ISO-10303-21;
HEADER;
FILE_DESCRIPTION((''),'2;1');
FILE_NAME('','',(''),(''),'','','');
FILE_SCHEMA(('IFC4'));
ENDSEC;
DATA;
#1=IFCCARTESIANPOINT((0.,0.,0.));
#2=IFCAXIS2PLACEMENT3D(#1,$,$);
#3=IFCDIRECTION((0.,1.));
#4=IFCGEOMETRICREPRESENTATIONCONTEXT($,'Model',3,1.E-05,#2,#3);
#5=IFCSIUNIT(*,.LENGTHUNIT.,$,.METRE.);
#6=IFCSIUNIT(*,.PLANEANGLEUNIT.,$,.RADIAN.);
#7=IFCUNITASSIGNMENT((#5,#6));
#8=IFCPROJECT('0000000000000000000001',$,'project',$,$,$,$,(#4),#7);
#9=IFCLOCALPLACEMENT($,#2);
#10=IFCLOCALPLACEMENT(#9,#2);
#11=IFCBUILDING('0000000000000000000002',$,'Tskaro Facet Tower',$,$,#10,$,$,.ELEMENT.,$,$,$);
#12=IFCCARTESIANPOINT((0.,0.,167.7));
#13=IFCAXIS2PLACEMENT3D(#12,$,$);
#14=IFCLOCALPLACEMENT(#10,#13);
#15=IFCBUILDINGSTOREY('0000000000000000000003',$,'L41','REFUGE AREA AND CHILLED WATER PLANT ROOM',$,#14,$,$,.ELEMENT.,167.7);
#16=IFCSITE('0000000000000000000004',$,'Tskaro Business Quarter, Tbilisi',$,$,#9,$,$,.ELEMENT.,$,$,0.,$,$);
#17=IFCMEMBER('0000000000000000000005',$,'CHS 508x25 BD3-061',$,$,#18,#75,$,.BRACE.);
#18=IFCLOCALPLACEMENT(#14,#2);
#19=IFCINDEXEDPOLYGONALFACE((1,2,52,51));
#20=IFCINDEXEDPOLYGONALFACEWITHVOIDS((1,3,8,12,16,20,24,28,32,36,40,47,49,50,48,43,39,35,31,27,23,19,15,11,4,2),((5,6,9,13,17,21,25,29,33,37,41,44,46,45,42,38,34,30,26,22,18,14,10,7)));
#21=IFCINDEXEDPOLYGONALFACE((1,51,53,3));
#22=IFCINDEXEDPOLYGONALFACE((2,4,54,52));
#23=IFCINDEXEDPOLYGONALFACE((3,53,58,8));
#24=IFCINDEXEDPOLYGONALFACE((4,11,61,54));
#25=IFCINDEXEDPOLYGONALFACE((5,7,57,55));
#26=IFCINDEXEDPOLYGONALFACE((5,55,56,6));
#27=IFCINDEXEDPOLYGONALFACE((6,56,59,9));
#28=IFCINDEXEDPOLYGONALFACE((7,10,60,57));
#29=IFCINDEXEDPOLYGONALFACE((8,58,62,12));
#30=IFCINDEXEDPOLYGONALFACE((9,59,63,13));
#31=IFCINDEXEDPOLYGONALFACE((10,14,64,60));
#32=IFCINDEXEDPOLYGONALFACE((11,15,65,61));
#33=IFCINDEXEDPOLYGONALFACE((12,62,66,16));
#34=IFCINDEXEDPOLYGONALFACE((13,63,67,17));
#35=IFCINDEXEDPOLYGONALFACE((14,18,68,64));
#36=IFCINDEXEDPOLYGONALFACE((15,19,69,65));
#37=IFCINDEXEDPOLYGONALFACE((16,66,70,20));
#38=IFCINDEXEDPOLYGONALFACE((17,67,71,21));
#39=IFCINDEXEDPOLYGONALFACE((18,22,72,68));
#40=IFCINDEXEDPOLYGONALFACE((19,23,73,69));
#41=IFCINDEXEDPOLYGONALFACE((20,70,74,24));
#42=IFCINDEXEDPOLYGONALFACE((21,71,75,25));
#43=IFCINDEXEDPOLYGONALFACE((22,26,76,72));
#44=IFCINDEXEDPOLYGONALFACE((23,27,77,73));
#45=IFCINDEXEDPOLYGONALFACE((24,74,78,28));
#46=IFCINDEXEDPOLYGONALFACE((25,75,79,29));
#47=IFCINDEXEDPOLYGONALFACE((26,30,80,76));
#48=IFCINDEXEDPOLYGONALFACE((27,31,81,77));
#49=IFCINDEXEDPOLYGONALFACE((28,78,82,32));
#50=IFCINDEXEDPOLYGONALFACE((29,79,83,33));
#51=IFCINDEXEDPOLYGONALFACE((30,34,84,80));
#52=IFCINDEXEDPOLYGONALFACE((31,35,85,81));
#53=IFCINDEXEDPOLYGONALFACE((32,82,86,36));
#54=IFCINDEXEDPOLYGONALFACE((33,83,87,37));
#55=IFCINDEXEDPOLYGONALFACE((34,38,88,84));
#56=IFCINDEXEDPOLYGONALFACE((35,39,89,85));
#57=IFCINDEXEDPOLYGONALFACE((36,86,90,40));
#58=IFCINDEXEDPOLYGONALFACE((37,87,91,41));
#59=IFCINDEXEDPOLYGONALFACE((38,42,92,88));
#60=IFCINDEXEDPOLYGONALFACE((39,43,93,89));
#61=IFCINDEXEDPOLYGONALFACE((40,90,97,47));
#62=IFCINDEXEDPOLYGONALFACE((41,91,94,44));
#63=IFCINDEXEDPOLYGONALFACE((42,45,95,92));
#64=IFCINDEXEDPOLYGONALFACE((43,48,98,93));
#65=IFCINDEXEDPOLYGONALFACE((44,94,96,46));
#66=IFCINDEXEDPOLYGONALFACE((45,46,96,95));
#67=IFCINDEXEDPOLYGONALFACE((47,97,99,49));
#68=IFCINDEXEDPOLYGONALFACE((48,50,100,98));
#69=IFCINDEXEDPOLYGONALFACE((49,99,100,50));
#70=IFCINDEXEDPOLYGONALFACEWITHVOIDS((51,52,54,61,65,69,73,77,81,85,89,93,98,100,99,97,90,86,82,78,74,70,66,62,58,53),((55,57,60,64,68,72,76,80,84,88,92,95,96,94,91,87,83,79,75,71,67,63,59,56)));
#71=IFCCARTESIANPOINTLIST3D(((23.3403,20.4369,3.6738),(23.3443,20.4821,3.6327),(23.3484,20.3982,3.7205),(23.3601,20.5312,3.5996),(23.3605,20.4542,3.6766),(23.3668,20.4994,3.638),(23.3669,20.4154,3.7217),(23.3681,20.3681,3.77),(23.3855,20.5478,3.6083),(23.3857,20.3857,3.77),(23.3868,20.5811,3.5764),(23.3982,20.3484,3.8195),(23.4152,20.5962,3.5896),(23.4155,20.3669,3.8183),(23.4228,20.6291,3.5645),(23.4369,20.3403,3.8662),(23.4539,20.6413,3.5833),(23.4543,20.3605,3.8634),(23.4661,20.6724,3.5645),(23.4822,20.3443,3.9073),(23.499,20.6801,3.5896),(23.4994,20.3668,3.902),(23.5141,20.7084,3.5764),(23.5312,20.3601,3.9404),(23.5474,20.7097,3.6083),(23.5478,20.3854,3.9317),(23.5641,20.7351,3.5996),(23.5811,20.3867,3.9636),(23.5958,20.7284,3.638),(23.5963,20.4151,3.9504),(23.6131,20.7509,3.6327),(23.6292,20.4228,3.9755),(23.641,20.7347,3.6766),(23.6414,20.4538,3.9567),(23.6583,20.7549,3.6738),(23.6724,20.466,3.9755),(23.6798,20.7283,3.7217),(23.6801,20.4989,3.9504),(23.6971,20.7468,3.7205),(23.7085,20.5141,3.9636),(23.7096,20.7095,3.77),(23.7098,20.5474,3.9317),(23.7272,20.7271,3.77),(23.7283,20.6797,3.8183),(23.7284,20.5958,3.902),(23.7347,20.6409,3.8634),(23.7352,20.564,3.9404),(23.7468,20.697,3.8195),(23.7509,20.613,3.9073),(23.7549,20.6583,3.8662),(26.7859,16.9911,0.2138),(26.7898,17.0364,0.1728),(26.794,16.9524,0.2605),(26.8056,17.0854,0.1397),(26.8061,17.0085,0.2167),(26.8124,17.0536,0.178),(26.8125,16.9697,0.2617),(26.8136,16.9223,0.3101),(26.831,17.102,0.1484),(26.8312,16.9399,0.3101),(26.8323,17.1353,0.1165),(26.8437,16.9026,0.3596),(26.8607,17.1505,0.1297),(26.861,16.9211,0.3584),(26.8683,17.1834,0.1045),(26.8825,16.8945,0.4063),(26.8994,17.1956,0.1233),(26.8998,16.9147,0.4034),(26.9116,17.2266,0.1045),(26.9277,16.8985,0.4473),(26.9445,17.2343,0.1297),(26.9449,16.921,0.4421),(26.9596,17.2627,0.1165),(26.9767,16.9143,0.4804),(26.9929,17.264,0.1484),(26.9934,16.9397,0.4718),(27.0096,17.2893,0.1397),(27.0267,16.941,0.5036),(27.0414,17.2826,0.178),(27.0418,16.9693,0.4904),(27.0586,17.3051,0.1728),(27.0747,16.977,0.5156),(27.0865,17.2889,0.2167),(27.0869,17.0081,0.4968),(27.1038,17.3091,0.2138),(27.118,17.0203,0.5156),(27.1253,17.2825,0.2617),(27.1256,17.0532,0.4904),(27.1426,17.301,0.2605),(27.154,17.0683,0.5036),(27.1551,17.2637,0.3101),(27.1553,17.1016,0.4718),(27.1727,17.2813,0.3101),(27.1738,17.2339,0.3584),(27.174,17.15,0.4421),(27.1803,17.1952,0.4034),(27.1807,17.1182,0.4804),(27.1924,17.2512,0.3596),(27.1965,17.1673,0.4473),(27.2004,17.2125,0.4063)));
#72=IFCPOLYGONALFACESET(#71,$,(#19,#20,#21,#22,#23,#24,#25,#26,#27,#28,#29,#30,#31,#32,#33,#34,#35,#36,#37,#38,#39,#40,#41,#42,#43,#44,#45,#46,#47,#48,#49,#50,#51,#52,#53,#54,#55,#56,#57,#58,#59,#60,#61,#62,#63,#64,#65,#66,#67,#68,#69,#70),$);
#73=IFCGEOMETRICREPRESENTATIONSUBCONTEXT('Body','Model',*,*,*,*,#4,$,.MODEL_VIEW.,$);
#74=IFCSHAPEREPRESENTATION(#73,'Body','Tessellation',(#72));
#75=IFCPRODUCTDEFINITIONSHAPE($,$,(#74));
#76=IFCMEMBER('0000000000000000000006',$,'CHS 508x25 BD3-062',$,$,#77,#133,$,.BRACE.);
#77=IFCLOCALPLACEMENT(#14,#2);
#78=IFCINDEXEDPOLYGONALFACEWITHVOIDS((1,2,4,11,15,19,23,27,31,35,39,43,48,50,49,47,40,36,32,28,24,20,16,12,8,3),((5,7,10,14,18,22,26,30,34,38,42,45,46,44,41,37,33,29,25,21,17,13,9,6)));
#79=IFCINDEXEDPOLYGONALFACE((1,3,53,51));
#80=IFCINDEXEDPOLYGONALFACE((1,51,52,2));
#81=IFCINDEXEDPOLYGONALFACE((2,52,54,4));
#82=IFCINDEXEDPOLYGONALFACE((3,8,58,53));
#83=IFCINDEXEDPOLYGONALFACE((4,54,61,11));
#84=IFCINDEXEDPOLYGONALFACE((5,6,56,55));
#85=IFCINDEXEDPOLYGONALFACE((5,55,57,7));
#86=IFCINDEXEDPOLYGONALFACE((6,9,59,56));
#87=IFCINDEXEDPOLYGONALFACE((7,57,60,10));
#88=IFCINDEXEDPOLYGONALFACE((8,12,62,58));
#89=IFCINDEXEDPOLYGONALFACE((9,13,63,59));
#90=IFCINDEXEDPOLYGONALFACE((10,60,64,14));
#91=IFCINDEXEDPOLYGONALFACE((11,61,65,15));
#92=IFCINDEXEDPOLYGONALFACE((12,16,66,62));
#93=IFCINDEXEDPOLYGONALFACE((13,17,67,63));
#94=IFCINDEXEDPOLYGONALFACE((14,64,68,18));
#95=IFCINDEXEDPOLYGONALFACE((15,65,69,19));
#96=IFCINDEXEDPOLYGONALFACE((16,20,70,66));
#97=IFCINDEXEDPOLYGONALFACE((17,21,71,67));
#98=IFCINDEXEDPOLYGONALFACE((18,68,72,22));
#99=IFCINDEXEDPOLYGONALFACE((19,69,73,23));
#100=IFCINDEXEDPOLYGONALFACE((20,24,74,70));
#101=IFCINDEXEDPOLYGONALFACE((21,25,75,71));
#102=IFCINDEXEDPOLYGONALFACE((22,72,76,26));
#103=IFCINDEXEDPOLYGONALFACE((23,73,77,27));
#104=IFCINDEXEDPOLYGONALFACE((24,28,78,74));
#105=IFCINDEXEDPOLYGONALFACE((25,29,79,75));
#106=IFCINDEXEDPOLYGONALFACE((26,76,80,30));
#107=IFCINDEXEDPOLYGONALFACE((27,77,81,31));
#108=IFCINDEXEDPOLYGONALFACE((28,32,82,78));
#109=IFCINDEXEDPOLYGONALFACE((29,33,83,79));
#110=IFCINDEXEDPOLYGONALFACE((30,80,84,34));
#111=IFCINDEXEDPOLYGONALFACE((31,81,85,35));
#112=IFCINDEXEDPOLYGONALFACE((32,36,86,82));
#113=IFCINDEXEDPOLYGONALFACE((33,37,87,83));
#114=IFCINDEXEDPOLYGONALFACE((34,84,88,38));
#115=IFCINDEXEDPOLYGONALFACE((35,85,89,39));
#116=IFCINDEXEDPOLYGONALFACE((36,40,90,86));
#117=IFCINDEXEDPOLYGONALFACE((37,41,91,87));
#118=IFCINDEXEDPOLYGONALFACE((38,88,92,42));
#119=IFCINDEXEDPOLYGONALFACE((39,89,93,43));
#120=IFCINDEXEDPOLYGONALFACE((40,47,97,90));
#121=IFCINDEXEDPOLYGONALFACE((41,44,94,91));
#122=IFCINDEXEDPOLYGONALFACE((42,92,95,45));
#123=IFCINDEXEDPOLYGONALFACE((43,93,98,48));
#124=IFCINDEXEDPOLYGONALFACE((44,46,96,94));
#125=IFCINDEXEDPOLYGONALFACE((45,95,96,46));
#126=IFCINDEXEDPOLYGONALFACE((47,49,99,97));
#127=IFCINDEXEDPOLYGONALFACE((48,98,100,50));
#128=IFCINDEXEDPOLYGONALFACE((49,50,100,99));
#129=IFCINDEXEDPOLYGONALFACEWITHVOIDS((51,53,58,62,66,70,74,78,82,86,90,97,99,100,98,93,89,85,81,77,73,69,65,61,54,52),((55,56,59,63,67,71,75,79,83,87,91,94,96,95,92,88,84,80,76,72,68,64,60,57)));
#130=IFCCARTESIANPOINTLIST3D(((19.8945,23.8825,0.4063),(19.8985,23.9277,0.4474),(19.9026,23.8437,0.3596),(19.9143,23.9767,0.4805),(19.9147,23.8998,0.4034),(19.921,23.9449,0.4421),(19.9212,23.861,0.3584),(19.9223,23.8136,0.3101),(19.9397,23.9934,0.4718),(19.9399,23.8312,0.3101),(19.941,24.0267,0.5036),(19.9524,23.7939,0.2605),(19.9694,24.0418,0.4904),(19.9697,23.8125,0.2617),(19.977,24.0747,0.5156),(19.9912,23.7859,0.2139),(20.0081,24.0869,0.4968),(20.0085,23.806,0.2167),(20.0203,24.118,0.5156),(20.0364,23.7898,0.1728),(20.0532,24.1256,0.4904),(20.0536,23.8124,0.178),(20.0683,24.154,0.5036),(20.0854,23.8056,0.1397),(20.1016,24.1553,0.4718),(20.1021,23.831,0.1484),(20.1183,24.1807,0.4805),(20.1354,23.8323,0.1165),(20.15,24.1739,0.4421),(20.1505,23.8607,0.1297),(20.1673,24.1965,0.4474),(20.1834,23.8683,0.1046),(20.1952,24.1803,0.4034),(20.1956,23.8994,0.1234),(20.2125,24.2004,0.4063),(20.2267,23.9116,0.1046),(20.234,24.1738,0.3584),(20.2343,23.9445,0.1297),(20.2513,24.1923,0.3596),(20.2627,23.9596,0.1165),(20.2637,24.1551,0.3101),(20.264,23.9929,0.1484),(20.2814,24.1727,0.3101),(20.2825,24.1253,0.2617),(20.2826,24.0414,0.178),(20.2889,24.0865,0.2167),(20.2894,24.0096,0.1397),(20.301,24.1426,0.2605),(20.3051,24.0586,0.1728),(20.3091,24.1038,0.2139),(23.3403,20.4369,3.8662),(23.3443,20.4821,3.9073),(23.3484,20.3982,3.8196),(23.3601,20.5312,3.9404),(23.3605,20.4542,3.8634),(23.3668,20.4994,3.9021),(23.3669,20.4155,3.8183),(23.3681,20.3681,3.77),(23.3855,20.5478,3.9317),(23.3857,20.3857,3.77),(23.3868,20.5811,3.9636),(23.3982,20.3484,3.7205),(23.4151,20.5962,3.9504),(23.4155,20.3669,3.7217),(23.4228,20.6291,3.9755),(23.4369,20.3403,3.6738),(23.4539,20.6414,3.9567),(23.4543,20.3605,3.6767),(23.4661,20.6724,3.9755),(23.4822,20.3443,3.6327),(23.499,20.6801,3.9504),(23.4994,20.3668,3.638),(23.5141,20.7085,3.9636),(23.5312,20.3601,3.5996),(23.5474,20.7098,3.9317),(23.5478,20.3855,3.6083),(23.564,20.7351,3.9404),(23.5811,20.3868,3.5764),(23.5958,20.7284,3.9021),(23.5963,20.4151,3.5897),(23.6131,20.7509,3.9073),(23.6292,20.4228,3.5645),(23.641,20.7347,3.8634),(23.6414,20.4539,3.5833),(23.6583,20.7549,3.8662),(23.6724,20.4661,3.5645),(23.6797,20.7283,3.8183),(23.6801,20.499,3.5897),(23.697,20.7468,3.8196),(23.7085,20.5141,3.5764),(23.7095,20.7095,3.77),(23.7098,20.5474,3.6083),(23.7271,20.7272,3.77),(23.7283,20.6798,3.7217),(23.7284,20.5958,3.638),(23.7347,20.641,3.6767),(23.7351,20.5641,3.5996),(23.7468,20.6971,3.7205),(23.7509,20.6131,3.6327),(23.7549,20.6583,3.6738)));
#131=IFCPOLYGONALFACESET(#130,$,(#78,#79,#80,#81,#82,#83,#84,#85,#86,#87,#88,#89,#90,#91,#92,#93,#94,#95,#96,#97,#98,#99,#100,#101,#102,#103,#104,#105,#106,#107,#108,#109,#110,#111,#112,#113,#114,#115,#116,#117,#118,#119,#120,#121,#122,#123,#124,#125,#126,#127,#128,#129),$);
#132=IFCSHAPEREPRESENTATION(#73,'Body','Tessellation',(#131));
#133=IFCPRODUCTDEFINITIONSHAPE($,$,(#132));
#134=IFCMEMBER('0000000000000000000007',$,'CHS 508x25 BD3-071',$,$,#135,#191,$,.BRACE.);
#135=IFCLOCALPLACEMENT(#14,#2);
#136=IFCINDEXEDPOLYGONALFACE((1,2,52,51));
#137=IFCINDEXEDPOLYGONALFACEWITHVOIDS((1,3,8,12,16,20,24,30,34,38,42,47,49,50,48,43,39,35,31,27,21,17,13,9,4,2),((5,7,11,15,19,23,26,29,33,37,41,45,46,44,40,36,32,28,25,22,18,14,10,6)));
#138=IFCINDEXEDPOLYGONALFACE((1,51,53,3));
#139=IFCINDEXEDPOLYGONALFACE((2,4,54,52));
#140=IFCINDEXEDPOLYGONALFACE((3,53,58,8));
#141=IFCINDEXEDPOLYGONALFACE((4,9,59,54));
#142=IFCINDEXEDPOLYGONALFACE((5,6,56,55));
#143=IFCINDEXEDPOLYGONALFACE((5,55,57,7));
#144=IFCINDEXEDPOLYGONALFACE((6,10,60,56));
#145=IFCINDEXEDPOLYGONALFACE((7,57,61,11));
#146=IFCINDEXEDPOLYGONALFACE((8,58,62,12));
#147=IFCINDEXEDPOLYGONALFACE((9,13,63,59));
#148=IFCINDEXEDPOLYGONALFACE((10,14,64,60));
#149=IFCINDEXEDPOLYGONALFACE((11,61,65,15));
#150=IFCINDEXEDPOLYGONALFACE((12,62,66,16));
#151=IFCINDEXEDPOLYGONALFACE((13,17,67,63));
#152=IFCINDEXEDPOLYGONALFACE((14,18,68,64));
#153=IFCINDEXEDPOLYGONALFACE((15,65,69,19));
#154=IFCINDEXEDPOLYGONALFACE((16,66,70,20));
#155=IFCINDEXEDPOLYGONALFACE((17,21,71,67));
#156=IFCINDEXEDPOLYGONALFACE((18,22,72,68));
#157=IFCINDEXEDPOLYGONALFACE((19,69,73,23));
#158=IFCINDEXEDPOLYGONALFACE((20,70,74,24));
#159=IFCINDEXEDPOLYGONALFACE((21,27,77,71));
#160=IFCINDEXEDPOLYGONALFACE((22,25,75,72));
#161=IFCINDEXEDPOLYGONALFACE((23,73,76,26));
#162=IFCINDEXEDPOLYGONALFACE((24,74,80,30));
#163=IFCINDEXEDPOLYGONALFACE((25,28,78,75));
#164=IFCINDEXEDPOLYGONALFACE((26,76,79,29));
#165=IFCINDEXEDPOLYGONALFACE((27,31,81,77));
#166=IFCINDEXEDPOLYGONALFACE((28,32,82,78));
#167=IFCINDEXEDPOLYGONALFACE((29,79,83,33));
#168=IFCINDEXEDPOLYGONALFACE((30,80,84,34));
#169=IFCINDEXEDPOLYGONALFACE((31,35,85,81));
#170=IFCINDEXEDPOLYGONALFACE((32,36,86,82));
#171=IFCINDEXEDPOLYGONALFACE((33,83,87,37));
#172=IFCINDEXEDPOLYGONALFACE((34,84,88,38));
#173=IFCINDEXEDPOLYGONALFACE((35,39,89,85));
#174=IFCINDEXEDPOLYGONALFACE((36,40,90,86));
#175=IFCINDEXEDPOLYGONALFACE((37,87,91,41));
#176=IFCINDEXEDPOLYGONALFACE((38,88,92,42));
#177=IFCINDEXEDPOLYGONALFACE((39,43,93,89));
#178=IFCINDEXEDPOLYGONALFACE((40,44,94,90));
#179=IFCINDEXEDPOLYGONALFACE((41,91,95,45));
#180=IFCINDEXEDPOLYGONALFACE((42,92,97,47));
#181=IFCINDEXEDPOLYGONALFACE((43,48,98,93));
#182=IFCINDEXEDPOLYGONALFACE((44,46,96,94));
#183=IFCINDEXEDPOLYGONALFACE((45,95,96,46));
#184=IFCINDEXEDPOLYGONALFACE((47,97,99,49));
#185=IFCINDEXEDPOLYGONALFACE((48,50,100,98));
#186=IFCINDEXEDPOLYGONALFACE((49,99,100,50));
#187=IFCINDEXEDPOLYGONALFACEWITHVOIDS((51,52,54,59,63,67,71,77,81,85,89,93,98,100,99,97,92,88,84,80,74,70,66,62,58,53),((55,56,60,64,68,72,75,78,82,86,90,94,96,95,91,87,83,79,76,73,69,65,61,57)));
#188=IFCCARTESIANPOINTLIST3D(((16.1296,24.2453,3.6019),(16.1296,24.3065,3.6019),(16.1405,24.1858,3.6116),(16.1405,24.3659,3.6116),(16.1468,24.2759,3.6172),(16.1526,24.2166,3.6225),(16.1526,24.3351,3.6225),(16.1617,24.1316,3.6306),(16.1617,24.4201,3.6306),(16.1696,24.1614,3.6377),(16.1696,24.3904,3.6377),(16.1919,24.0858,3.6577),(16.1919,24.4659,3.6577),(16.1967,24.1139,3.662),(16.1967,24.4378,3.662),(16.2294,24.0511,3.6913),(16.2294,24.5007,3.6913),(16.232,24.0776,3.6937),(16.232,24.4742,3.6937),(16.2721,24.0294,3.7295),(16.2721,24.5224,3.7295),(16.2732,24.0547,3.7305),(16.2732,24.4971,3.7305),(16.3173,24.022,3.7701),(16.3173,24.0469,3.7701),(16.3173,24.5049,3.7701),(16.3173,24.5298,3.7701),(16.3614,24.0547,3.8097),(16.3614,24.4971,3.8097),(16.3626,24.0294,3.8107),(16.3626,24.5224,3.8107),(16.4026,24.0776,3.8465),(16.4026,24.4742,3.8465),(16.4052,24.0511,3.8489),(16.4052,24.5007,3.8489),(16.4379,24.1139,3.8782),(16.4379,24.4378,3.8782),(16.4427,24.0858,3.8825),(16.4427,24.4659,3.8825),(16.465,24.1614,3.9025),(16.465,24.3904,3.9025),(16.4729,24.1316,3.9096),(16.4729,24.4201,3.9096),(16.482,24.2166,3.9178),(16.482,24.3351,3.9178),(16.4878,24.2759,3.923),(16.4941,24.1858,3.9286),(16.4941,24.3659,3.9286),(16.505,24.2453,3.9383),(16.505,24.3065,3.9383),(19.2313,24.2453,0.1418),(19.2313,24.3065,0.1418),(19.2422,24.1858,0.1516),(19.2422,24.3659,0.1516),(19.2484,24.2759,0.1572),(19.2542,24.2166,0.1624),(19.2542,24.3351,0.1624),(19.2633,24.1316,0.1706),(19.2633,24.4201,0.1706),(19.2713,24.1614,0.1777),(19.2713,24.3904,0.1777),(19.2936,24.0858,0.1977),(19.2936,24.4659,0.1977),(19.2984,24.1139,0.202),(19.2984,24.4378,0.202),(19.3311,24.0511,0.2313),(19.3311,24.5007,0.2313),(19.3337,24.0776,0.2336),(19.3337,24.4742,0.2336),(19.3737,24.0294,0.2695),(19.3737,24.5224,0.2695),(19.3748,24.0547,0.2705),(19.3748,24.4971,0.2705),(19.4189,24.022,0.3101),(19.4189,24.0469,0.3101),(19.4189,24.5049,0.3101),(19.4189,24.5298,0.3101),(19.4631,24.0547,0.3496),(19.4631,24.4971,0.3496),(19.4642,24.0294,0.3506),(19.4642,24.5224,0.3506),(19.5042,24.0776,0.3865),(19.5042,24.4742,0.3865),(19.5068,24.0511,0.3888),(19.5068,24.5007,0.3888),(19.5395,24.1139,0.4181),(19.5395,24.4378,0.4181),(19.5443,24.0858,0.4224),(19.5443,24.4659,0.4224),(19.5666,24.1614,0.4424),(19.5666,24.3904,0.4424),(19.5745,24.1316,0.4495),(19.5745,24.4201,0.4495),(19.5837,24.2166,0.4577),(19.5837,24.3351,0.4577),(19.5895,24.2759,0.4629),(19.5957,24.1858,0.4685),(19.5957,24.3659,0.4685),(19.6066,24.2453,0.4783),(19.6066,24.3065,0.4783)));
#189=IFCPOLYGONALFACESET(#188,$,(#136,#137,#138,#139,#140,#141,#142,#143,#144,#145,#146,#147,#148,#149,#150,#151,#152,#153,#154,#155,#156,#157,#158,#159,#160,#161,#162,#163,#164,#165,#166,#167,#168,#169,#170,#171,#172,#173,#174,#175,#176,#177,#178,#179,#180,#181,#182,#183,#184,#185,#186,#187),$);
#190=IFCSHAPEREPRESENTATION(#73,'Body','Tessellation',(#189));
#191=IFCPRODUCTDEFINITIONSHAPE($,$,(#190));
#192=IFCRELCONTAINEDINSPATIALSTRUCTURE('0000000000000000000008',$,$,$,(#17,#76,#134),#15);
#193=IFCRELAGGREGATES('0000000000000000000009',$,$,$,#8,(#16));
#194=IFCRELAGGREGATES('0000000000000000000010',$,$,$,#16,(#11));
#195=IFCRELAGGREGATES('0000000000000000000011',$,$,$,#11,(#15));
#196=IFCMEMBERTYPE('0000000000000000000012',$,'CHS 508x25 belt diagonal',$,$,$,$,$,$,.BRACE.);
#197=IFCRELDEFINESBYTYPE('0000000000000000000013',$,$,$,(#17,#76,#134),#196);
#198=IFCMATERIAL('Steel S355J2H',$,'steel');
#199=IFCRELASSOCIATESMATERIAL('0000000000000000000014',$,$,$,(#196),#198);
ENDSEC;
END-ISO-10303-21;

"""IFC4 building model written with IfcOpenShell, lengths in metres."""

from ifc_helpers import new_model, si_unit, direction, frame, origin, origin_2d, place, context, subcontext, project, spatial, hollow_circle, extrude, material, material_profile, profile_set, type_object, element, save


model = new_model("IFC4")

# Units and contexts
model_context = context("Model", 3, precision=1e-05, world=origin(), true_north=direction((0.0, 1.0)))
body_context = subcontext(model_context, "Body", "Model", "MODEL_VIEW")
ifc_project = project(units=[si_unit("LENGTHUNIT", "METRE"), si_unit("PLANEANGLEUNIT", "RADIAN")], contexts=[model_context])

# Site, building, storey
site_placement = place(None, origin())
site = spatial("IfcSite", under=ifc_project, at=site_placement, Name="Tskaro Business Quarter, Tbilisi", CompositionType="ELEMENT", RefElevation=0.0)
building_placement = place(site_placement, origin())
building = spatial("IfcBuilding", under=site, at=building_placement, Name="Tskaro Facet Tower", CompositionType="ELEMENT")
storey_placement = place(building_placement, frame((0.0, 0.0, 167.7)))
storey = spatial("IfcBuildingStorey", under=building, at=storey_placement, Name="L41", Description="REFUGE AREA AND CHILLED WATER PLANT ROOM", CompositionType="ELEMENT", Elevation=167.7)

# Shared definitions
ifc_material_1 = material(Name="Steel S355J2H", Category="steel")

# Members
ifc_material_profile_1 = material_profile(ifc_material_1, hollow_circle(Radius=0.2539, WallThickness=0.0249, at=origin_2d()), Name="CHS 508x25")
ifc_profile_set_1 = profile_set([ifc_material_profile_1], Name="Steel S355J2H")
member_type_1 = type_object("IfcMemberType", Name="CHS 508x25 belt diagonal", PredefinedType="BRACE", material=ifc_profile_set_1)
for number, where, z_axis, x_axis, name in (
    (1, (26.9932, 17.1018, 0.3101), (-0.576532, 0.576573, 0.578942), (-0.707132, -0.707082, 0.0), "CHS 508x25 BD3-061"),
    (2, (23.5476, 20.5476, 3.77), (-0.576573, 0.576532, -0.578942), (-0.707082, -0.707132, 0.0), "CHS 508x25 BD3-062"),
):
    element("IfcMember", number, at=place(storey_placement, frame(where, z_axis=z_axis, x_axis=x_axis)), inside=storey, type_object=member_type_1, Name=name, PredefinedType="BRACE", context=body_context, shape_type="SweptSolid", body=[
        extrude(hollow_circle(Radius=0.2539, WallThickness=0.0249, at=origin_2d()), origin(), (0.0, 0.0, 1.0), 5.9763),
    ])
member_1_placement = place(storey_placement, frame((19.4189, 24.2759, 0.3101), z_axis=(-0.667489, 0.0, 0.74462), x_axis=(0.0, -1.0, 0.0)))
element("IfcMember", 3, at=member_1_placement, inside=storey, type_object=member_type_1, Name="CHS 508x25 BD3-071", PredefinedType="BRACE", context=body_context, shape_type="SweptSolid", body=[
    extrude(hollow_circle(Radius=0.2539, WallThickness=0.0249, at=origin_2d()), origin(), (0.0, 0.0, 1.0), 4.6467),
])

save(model, "model.ifc")
